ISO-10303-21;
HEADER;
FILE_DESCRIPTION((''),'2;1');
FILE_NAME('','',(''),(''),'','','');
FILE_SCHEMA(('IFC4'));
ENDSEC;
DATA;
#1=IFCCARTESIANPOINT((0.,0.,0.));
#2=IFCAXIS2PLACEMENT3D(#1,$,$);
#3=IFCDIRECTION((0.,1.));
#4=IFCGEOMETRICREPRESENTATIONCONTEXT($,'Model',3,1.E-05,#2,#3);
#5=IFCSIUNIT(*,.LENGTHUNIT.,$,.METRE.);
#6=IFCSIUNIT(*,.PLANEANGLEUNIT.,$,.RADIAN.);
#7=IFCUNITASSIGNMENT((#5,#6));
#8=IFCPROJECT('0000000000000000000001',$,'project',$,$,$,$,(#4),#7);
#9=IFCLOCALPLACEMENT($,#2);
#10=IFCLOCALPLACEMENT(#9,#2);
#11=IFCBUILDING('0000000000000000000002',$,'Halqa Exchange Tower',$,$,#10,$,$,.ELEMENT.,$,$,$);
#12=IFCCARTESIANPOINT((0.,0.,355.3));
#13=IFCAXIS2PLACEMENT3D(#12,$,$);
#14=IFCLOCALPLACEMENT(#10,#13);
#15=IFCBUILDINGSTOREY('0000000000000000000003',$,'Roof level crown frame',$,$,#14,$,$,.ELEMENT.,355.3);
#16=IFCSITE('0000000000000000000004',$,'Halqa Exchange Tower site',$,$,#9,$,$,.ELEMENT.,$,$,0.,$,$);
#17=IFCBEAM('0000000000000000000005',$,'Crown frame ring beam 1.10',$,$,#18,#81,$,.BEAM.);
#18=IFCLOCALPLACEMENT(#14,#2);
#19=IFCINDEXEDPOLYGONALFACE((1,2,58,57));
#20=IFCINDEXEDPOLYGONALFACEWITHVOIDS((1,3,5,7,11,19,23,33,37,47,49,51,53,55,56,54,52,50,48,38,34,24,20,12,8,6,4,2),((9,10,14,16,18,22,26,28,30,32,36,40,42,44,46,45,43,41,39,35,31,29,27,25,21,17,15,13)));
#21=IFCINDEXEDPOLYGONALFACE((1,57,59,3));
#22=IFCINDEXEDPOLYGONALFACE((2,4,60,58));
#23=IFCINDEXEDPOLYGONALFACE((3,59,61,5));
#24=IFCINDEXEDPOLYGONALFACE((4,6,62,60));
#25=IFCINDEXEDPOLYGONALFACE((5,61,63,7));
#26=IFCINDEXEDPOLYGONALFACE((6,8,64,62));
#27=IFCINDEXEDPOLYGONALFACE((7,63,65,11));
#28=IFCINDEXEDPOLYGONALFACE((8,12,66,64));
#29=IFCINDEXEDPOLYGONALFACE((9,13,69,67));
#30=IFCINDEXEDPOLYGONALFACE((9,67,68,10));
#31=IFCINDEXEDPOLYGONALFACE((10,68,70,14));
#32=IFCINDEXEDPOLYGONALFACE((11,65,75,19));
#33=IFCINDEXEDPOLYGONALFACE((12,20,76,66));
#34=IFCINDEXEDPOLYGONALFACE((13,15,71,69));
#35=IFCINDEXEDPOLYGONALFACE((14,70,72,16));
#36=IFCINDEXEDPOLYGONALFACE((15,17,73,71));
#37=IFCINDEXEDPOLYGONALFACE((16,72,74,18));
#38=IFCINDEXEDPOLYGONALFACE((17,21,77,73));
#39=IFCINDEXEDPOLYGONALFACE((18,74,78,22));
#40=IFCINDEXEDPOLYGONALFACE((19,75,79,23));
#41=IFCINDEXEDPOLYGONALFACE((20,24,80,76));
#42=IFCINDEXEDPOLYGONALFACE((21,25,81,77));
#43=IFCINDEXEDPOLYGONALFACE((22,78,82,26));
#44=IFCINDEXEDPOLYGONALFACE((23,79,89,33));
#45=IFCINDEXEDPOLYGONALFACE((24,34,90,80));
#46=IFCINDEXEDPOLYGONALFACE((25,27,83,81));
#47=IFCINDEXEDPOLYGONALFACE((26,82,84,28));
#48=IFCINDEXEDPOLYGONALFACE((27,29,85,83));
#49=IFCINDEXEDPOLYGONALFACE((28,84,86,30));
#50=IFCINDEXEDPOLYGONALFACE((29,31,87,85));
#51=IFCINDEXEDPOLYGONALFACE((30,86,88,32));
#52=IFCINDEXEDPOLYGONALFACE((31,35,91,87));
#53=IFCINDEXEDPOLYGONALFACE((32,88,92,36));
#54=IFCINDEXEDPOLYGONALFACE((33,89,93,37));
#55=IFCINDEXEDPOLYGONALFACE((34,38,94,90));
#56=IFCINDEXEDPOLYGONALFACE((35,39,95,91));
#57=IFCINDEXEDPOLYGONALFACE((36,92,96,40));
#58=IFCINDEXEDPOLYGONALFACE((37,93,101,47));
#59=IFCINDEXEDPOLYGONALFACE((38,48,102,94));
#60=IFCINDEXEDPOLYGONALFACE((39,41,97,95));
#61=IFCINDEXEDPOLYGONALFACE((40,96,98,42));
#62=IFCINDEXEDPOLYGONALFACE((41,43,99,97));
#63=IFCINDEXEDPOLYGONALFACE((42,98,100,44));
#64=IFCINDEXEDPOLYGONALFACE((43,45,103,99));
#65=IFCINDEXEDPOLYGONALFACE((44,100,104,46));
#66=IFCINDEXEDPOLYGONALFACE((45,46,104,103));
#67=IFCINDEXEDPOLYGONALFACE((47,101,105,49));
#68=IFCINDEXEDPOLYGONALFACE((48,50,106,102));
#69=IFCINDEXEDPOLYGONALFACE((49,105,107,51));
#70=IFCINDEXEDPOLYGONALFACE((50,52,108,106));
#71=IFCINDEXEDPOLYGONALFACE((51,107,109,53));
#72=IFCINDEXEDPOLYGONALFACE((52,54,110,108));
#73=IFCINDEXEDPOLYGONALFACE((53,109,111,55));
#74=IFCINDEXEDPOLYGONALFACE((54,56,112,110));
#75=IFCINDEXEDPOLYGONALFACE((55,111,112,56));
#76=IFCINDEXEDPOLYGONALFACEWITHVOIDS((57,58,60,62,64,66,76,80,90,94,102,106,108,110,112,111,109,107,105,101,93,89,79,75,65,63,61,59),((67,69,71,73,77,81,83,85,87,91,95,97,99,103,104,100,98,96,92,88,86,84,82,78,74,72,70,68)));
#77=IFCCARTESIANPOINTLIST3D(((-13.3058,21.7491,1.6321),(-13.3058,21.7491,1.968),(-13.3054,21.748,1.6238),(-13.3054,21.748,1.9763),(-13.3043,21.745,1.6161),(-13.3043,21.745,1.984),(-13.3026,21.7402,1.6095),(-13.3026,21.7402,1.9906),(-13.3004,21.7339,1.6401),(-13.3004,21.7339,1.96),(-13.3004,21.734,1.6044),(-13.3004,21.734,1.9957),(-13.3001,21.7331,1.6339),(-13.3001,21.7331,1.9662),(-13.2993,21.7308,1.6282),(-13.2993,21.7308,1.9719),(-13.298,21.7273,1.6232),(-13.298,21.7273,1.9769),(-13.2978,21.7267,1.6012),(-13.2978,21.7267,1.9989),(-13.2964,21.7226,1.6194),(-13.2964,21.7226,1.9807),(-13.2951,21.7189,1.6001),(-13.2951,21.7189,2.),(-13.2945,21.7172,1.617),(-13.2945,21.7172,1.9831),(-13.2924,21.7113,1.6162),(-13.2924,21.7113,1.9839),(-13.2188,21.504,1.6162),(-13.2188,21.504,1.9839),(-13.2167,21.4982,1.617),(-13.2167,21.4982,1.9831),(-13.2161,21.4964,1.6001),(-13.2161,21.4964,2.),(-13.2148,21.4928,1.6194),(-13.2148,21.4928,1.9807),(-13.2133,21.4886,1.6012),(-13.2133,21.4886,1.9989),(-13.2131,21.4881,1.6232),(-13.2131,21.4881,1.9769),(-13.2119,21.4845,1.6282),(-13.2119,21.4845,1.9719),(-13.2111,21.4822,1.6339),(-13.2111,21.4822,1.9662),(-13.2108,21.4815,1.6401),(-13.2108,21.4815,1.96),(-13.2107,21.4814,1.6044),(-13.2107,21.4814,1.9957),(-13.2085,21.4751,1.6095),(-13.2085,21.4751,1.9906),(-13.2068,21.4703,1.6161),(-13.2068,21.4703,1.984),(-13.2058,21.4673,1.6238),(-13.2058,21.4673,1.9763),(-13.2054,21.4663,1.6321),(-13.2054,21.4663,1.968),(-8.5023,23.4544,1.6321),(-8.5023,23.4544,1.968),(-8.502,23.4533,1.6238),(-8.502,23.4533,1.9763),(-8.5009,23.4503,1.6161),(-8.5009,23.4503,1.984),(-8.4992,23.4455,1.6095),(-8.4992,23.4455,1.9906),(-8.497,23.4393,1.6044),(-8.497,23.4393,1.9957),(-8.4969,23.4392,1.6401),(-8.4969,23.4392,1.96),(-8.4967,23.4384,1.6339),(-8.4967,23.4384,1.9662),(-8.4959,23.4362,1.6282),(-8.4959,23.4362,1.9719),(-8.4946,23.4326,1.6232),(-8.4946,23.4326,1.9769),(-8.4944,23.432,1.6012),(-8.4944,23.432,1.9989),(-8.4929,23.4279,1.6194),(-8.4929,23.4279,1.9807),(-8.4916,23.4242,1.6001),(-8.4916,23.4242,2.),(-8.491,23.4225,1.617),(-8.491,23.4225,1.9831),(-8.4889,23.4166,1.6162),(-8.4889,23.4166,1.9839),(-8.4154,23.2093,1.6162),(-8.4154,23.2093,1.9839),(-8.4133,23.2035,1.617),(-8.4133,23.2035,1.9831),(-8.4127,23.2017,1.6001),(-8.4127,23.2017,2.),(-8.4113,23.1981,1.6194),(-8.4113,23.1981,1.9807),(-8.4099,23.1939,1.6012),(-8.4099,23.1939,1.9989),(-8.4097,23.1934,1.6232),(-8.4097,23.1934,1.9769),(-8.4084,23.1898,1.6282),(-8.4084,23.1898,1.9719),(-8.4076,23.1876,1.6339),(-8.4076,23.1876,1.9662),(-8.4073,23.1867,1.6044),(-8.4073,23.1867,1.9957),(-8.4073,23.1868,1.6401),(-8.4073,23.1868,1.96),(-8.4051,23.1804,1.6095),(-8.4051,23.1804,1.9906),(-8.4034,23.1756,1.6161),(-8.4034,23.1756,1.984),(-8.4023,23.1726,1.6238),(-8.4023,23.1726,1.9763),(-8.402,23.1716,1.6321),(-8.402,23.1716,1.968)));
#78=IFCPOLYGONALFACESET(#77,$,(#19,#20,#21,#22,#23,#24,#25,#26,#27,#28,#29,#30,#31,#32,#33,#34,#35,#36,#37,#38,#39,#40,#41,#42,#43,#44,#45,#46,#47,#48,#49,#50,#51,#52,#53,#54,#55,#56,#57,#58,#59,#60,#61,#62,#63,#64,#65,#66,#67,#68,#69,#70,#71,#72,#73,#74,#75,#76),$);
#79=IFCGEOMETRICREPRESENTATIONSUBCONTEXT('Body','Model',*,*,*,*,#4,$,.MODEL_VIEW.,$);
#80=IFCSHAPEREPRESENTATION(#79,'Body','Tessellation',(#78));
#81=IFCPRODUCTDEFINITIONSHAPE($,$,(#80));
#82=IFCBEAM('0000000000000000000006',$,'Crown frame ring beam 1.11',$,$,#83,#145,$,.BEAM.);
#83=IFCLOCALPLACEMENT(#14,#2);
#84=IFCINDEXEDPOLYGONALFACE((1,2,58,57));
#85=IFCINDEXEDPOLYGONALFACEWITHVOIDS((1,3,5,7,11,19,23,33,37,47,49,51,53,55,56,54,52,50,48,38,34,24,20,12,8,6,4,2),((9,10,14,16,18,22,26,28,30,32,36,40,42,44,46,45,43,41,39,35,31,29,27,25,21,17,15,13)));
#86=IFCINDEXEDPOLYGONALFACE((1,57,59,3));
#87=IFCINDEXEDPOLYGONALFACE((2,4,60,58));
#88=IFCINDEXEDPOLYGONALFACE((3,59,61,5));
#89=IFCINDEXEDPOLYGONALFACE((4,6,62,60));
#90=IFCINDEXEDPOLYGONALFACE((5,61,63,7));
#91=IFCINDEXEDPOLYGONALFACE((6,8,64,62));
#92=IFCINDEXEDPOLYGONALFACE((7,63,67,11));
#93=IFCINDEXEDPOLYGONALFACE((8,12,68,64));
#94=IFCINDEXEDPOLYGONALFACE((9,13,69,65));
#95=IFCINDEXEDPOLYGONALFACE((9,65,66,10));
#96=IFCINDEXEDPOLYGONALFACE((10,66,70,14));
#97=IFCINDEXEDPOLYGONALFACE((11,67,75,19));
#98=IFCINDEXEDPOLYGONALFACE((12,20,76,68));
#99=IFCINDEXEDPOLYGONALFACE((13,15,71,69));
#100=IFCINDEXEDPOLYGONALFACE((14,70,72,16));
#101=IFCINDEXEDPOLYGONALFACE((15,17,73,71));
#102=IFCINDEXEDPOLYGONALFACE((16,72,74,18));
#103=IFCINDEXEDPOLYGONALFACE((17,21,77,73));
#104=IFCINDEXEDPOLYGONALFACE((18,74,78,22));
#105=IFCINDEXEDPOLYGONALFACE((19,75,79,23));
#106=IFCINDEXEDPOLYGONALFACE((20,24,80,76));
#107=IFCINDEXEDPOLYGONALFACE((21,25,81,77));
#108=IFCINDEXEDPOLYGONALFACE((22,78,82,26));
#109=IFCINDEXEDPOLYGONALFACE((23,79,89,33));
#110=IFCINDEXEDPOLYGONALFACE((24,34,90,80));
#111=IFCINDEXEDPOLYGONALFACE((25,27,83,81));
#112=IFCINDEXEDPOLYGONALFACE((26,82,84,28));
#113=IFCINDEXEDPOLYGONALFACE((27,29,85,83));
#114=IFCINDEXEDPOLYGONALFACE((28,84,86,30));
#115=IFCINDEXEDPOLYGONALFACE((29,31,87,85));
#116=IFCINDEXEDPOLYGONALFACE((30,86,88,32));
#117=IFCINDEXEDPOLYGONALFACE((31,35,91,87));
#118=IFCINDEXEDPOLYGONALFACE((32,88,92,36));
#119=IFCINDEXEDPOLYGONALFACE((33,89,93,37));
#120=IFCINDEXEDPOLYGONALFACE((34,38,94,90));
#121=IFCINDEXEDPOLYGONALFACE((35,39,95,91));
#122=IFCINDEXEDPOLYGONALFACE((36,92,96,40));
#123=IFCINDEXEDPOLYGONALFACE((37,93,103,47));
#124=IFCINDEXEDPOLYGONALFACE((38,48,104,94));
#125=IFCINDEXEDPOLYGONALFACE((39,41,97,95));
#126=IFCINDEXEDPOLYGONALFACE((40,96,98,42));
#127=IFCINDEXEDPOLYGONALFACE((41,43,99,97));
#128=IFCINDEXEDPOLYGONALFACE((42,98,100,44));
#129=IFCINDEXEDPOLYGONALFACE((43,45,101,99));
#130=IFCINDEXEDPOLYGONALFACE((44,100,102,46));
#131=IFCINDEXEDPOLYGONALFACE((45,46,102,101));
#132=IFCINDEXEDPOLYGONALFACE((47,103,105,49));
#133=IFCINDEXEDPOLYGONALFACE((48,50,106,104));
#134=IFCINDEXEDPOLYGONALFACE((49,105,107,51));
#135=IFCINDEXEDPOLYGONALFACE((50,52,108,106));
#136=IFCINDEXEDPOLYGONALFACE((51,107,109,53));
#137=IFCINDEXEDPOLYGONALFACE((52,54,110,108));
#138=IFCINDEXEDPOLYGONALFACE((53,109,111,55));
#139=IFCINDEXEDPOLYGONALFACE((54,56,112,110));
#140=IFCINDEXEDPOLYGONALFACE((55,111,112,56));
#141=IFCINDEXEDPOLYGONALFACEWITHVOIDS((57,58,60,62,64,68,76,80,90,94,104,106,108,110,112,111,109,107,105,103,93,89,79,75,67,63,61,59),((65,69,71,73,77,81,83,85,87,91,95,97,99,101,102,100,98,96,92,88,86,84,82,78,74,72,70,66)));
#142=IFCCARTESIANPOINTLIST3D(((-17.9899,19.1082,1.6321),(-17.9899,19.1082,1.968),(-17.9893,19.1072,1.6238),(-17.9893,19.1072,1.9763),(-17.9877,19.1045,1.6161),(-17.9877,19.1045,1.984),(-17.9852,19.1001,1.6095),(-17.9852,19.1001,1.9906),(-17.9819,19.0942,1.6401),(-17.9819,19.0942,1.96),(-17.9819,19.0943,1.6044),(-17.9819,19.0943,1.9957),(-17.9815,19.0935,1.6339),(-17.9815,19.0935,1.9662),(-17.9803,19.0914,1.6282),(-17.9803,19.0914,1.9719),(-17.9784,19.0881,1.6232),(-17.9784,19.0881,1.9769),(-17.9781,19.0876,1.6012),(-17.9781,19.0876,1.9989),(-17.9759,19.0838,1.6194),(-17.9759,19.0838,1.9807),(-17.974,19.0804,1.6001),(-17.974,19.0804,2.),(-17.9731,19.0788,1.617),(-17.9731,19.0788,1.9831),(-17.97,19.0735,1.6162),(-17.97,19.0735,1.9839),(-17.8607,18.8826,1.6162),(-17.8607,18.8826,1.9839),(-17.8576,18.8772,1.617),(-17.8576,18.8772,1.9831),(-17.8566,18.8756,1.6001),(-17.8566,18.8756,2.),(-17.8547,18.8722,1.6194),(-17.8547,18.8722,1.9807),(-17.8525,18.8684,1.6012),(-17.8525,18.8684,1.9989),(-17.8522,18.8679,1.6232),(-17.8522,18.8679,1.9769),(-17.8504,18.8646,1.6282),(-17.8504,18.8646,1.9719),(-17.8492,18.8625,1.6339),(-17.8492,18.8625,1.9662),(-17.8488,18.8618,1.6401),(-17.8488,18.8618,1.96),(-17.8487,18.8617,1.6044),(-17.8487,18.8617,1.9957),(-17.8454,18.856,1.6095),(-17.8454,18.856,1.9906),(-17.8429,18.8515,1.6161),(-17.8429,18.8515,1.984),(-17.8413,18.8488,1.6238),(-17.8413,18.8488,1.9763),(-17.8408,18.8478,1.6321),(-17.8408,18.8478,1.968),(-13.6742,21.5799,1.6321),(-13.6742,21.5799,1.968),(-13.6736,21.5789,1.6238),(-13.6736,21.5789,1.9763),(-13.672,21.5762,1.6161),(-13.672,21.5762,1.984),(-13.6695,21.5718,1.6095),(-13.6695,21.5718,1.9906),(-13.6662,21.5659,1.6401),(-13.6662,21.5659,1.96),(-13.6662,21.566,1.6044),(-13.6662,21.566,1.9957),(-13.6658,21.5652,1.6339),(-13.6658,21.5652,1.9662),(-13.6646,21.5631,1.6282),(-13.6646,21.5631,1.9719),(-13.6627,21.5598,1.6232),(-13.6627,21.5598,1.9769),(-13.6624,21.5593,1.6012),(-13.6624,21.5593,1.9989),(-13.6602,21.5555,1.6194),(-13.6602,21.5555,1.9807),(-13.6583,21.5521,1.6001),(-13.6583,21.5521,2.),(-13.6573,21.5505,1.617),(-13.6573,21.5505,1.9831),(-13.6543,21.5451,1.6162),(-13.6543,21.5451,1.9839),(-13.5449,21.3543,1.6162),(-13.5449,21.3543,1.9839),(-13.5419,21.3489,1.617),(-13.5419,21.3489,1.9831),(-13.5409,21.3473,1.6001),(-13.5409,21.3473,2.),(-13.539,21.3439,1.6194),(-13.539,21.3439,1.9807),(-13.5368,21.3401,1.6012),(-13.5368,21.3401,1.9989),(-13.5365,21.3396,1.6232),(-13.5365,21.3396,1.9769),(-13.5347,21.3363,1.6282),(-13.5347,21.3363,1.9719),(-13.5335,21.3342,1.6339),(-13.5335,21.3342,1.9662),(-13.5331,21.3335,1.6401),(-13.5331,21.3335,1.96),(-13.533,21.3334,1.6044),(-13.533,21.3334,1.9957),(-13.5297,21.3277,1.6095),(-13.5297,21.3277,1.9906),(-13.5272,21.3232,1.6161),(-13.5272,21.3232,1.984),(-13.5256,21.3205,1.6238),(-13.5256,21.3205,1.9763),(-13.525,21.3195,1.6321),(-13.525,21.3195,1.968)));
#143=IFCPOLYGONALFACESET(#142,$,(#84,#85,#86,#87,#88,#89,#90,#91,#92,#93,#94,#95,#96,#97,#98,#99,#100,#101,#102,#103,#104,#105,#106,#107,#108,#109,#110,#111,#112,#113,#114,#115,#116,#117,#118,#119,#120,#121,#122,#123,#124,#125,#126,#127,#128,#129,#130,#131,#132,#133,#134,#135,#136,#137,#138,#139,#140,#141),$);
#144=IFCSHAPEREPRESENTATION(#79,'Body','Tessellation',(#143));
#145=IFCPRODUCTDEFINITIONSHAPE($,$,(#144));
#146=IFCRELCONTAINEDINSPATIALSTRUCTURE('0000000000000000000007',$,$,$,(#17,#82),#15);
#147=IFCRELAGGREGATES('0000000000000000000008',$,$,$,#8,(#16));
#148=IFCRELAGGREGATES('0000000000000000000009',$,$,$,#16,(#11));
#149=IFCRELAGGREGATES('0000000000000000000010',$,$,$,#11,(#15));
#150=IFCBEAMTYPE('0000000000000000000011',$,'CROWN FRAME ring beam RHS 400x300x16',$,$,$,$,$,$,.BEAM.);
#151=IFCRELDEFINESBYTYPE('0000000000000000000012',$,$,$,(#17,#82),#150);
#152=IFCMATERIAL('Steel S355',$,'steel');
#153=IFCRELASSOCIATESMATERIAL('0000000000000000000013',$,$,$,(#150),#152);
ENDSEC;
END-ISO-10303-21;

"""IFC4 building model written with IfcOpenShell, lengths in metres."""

from ifc_helpers import new_model, si_unit, direction, frame, origin, origin_2d, place, context, subcontext, project, spatial, hollow_rectangle, extrude, material, material_profile, profile_set, type_object, element, save


model = new_model("IFC4")

# Units and contexts
model_context = context("Model", 3, precision=1e-05, world=origin(), true_north=direction((0.0, 1.0)))
body_context = subcontext(model_context, "Body", "Model", "MODEL_VIEW")
ifc_project = project(units=[si_unit("LENGTHUNIT", "METRE"), si_unit("PLANEANGLEUNIT", "RADIAN")], contexts=[model_context])

# Site, building, storey
site_placement = place(None, origin())
site = spatial("IfcSite", under=ifc_project, at=site_placement, Name="Halqa Exchange Tower site", CompositionType="ELEMENT", RefElevation=0.0)
building_placement = place(site_placement, origin())
building = spatial("IfcBuilding", under=site, at=building_placement, Name="Halqa Exchange Tower", CompositionType="ELEMENT")
storey_placement = place(building_placement, frame((0.0, 0.0, 355.3)))
storey = spatial("IfcBuildingStorey", under=building, at=storey_placement, Name="Roof level crown frame", CompositionType="ELEMENT", Elevation=355.3)

# Shared definitions
ifc_material_1 = material(Name="Steel S355", Category="steel")

# Beams
ifc_material_profile_1 = material_profile(ifc_material_1, hollow_rectangle(XDim=0.3, YDim=0.3999, WallThickness=0.0161, InnerFilletRadius=0.0239, OuterFilletRadius=0.032, at=origin_2d()), Name="RHS 400x300x16")
ifc_profile_set_1 = profile_set([ifc_material_profile_1], Name="Steel S355")
beam_type = type_object("IfcBeamType", Name="CROWN FRAME ring beam RHS 400x300x16", PredefinedType="BEAM", material=ifc_profile_set_1)
beam_1_placement = place(storey_placement, frame((-8.4521, 23.313, 1.8), z_axis=(-0.942374, -0.334561, 0.0), x_axis=(0.334561, -0.942374, 0.0)))
element("IfcBeam", 1, at=beam_1_placement, inside=storey, type_object=beam_type, Name="Crown frame ring beam 1.10", PredefinedType="BEAM", context=body_context, shape_type="SweptSolid", body=[
    extrude(hollow_rectangle(XDim=0.3, YDim=0.3999, WallThickness=0.0161, InnerFilletRadius=0.0239, OuterFilletRadius=0.032, at=origin_2d()), origin(), (0.0, 0.0, 1.0), 5.0972),
])
beam_2_placement = place(storey_placement, frame((-13.5996, 21.4497, 1.8), z_axis=(-0.867759, -0.496985, 0.0), x_axis=(0.496985, -0.867759, 0.0)))
element("IfcBeam", 2, at=beam_2_placement, inside=storey, type_object=beam_type, Name="Crown frame ring beam 1.11", PredefinedType="BEAM", context=body_context, shape_type="SweptSolid", body=[
    extrude(hollow_rectangle(XDim=0.3, YDim=0.3999, WallThickness=0.0161, InnerFilletRadius=0.0239, OuterFilletRadius=0.032, at=origin_2d()), origin(), (0.0, 0.0, 1.0), 4.9734),
])

save(model, "model.ifc")
